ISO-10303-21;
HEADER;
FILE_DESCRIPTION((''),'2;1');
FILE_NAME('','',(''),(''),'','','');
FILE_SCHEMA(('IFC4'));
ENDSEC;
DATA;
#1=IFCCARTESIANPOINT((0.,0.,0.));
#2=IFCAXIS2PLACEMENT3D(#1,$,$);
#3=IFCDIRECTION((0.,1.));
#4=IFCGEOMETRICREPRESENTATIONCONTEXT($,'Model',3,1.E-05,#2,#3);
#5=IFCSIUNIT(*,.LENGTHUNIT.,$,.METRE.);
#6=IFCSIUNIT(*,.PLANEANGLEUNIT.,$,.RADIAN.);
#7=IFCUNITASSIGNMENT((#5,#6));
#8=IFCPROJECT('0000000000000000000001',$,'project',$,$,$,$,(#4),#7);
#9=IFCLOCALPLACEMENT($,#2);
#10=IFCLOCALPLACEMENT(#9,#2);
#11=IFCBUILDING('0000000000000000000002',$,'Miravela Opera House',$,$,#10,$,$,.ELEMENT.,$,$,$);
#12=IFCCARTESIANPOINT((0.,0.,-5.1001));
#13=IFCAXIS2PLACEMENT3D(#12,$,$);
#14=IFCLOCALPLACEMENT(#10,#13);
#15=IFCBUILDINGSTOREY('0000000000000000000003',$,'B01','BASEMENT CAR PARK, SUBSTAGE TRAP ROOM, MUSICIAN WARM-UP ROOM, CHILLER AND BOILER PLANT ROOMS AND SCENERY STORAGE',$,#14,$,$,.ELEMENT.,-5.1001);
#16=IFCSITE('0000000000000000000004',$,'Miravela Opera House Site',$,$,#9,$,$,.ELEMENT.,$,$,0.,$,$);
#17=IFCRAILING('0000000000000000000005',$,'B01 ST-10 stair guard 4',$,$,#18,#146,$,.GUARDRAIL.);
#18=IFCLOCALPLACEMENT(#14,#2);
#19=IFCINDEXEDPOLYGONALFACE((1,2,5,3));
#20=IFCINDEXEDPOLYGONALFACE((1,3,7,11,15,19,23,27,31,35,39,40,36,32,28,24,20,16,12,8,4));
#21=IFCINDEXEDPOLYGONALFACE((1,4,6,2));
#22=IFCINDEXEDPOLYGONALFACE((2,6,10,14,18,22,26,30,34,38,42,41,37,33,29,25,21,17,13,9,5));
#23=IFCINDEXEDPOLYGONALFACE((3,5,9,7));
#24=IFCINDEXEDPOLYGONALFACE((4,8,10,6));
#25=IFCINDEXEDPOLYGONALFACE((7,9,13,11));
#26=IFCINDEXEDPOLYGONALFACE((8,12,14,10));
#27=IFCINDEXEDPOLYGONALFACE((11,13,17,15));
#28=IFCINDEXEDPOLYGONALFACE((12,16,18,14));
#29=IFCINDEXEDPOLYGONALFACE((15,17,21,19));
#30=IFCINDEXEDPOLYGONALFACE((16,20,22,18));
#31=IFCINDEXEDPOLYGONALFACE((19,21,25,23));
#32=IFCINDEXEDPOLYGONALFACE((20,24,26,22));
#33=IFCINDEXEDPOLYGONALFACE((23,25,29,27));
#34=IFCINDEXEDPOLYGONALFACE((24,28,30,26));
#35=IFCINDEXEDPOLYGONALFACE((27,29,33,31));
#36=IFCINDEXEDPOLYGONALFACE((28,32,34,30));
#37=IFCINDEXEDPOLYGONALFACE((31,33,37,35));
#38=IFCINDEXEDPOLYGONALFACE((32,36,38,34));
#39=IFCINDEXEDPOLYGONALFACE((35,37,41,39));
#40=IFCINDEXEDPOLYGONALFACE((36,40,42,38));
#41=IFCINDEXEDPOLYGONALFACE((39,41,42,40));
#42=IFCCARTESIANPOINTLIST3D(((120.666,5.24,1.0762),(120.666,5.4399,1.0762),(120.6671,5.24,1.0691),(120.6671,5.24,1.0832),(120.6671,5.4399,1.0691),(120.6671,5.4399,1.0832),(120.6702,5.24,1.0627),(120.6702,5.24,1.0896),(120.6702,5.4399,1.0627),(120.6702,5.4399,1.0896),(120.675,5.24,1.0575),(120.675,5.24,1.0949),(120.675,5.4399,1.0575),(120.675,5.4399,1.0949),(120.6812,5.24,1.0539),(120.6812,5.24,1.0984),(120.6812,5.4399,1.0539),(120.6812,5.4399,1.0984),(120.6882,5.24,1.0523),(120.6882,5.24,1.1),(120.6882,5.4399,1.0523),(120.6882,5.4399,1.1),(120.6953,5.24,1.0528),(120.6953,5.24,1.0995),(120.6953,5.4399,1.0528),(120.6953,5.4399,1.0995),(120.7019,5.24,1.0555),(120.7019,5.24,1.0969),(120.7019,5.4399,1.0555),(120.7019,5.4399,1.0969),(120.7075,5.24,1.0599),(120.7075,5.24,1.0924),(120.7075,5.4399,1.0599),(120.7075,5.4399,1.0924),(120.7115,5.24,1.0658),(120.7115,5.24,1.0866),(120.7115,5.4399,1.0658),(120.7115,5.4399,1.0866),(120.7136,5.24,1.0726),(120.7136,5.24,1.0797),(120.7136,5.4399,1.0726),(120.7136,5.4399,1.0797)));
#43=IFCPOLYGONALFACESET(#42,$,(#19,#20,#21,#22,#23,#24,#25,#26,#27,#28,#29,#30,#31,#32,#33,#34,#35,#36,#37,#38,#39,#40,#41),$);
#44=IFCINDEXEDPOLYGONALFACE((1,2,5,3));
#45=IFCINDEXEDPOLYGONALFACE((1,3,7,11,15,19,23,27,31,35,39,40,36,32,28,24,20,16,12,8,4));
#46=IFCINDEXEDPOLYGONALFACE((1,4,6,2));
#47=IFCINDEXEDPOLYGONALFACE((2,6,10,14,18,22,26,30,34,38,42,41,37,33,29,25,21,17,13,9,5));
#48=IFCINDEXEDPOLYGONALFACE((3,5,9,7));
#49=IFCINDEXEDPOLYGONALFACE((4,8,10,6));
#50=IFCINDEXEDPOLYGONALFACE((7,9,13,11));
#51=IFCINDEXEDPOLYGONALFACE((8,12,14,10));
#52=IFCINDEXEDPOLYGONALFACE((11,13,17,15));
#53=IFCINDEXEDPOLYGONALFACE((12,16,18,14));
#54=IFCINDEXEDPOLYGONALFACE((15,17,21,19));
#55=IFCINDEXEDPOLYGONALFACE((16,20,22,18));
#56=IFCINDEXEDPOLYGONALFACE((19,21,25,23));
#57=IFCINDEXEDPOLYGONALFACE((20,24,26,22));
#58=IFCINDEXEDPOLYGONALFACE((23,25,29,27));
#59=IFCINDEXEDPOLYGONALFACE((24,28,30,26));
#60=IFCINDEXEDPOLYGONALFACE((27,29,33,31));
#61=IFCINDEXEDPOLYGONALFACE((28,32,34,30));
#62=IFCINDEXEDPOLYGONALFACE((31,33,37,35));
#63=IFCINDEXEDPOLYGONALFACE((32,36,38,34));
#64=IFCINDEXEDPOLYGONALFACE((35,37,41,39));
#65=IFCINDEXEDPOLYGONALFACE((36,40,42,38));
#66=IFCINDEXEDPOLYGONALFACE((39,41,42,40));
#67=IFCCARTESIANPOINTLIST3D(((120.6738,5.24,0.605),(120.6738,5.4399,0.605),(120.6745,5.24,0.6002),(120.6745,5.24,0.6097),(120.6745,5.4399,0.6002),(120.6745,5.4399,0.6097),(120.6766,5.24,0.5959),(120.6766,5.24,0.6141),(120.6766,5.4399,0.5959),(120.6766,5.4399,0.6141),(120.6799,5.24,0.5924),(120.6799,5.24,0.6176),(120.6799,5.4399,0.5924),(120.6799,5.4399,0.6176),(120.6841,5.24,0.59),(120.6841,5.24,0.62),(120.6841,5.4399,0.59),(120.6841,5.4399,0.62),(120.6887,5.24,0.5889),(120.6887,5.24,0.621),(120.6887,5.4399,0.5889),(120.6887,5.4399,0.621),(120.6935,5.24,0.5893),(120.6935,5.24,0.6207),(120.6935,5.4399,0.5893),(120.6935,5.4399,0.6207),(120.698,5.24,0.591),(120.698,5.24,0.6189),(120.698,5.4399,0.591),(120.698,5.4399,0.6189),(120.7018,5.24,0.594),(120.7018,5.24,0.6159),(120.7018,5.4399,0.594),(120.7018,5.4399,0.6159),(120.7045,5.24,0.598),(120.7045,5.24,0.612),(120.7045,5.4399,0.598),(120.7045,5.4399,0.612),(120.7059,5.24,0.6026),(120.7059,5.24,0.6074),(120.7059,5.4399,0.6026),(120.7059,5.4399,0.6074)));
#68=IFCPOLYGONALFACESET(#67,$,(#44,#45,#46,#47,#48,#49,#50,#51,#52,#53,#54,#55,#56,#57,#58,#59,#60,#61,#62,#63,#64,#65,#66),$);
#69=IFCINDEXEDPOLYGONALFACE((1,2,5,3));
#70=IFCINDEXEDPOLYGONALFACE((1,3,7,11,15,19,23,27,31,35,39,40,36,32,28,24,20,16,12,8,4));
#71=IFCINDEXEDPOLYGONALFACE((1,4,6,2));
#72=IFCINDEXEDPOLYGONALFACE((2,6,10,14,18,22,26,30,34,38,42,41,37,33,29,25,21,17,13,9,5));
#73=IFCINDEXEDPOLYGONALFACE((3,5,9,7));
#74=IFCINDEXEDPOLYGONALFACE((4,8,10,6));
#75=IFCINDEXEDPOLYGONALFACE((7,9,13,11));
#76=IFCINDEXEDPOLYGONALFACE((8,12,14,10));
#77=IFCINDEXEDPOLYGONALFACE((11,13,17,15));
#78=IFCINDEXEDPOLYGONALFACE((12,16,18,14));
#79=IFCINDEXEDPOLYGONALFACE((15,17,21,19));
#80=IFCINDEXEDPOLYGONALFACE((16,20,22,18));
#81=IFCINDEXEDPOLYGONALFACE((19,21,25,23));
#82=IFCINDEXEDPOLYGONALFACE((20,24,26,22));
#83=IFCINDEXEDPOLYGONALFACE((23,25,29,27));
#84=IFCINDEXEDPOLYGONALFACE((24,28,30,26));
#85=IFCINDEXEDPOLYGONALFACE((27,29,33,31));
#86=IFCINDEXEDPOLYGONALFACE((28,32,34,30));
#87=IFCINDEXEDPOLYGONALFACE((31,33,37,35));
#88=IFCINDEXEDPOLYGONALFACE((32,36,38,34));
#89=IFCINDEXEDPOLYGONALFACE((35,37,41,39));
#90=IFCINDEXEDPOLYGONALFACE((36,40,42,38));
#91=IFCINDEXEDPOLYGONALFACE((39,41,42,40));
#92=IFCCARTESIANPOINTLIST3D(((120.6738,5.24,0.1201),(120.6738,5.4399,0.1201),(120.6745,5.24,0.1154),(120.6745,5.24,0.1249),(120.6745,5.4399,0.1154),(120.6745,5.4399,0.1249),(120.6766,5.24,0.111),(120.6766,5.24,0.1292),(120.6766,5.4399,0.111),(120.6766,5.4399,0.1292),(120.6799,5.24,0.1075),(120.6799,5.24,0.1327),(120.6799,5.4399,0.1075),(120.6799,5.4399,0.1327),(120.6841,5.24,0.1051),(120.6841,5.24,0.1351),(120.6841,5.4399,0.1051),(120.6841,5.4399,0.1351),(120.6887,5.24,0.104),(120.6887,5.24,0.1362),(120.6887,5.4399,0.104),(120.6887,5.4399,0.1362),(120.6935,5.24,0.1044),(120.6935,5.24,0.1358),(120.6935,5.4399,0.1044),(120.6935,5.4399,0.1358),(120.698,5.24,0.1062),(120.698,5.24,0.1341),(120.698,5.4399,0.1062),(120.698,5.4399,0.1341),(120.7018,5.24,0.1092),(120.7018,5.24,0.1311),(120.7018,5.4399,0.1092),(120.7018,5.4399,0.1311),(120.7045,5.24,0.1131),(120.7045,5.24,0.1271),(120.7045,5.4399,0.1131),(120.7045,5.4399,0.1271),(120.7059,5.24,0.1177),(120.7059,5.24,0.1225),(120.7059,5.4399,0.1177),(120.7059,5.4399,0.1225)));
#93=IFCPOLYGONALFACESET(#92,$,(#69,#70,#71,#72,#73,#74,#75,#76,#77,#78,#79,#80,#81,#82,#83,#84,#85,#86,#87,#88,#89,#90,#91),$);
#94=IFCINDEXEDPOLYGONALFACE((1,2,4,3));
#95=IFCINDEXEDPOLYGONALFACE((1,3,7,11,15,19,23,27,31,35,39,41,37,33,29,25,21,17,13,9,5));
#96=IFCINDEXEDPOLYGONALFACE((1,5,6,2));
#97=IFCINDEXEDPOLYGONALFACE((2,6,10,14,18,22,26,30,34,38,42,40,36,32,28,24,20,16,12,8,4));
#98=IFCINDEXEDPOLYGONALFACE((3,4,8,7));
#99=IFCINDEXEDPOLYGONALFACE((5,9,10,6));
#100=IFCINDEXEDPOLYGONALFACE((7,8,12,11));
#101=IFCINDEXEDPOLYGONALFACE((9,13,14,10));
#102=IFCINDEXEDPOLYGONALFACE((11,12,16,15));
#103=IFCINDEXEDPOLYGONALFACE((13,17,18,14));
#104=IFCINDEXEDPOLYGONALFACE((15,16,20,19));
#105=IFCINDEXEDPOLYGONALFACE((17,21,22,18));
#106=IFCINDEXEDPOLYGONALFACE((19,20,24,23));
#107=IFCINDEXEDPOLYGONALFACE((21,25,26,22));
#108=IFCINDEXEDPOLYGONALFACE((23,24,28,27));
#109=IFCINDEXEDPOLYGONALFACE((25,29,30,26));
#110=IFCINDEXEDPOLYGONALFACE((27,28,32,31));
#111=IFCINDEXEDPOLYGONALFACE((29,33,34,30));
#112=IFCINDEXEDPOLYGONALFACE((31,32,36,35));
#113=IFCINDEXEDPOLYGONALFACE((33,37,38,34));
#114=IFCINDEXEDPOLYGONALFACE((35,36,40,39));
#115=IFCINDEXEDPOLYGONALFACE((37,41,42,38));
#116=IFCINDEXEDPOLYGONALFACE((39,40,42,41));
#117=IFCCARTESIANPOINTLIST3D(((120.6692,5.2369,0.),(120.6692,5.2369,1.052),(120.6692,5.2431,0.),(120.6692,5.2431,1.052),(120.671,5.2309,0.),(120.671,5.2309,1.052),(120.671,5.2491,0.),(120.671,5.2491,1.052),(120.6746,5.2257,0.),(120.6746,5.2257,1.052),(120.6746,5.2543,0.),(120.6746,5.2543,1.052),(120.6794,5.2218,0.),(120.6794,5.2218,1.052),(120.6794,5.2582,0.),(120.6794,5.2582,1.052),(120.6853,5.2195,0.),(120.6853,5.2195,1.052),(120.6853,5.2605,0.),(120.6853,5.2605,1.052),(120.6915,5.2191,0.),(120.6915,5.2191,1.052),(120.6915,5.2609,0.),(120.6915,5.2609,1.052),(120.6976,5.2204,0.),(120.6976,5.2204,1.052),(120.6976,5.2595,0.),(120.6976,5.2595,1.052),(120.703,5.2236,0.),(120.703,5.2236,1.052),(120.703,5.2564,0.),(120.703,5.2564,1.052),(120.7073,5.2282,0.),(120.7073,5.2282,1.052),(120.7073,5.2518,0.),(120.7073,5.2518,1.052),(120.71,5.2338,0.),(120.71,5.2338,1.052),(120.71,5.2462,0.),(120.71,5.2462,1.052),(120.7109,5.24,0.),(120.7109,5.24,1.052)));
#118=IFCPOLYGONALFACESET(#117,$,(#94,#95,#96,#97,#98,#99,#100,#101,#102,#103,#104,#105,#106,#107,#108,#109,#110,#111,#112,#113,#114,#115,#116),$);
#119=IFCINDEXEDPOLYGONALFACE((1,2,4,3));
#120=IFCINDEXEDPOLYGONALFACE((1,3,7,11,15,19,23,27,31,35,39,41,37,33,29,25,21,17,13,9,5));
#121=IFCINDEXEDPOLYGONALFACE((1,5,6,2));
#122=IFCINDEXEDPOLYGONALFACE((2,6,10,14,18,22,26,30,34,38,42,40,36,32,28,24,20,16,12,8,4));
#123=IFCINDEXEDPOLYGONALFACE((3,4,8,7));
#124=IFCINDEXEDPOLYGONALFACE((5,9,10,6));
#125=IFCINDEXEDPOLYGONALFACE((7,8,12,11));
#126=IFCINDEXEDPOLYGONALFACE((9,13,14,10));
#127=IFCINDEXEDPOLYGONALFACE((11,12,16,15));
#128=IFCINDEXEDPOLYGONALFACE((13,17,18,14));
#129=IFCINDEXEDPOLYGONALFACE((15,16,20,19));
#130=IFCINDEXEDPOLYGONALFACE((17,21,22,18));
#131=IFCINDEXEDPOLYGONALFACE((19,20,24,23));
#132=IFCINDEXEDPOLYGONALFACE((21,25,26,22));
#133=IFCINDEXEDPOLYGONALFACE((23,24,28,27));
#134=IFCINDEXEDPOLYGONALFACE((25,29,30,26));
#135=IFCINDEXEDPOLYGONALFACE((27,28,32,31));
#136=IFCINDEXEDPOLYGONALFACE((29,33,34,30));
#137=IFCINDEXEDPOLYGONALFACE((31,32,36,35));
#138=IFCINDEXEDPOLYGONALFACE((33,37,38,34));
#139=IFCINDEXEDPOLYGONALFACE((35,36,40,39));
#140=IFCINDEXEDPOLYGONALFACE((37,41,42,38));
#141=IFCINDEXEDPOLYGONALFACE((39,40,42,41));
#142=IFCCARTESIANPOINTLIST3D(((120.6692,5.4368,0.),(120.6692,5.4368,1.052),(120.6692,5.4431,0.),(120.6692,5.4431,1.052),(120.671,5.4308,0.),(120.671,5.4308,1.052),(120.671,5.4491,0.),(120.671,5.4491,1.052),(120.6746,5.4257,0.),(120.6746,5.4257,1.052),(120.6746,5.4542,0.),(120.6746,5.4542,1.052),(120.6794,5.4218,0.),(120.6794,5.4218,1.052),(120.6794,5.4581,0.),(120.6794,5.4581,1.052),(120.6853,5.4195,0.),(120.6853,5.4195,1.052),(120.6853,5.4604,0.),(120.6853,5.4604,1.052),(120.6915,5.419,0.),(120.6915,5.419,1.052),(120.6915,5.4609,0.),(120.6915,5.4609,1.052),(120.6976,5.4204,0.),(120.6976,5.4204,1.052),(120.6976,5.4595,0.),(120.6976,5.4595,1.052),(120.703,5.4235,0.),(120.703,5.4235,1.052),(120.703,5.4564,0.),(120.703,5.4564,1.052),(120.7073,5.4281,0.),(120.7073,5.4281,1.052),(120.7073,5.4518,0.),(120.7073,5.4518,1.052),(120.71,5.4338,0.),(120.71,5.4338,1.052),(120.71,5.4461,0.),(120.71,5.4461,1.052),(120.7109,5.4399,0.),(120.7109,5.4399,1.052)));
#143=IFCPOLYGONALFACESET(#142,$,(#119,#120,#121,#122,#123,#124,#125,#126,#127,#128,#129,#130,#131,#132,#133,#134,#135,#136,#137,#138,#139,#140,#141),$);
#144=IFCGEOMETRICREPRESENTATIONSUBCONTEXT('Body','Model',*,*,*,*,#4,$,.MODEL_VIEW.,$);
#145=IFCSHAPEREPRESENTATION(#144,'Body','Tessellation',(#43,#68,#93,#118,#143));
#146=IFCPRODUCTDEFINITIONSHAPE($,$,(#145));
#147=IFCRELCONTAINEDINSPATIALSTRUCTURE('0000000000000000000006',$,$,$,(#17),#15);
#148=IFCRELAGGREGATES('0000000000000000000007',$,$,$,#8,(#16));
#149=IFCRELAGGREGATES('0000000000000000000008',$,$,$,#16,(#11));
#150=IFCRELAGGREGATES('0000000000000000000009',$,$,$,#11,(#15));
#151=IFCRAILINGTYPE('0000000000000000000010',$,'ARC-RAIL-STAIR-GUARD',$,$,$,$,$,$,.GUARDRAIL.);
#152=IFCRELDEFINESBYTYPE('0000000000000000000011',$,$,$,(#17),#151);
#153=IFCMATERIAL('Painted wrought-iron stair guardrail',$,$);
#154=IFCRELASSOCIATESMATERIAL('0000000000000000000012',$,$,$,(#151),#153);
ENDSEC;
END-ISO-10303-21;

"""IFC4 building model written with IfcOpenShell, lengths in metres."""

from ifc_helpers import new_model, si_unit, direction, frame, origin, origin_2d, place, context, subcontext, project, spatial, circle, extrude, material, type_object, element, save


model = new_model("IFC4")

# Units and contexts
model_context = context("Model", 3, precision=1e-05, world=origin(), true_north=direction((0.0, 1.0)))
body_context = subcontext(model_context, "Body", "Model", "MODEL_VIEW")
ifc_project = project(units=[si_unit("LENGTHUNIT", "METRE"), si_unit("PLANEANGLEUNIT", "RADIAN")], contexts=[model_context])

# Site, building, storey
site_placement = place(None, origin())
site = spatial("IfcSite", under=ifc_project, at=site_placement, Name="Miravela Opera House Site", CompositionType="ELEMENT", RefElevation=0.0)
building_placement = place(site_placement, origin())
building = spatial("IfcBuilding", under=site, at=building_placement, Name="Miravela Opera House", CompositionType="ELEMENT")
storey_placement = place(building_placement, frame((0.0, 0.0, -5.1001)))
storey = spatial("IfcBuildingStorey", under=building, at=storey_placement, Name="B01", Description="BASEMENT CAR PARK, SUBSTAGE TRAP ROOM, MUSICIAN WARM-UP ROOM, CHILLER AND BOILER PLANT ROOMS AND SCENERY STORAGE", CompositionType="ELEMENT", Elevation=-5.1001)

# Railing
ifc_material_1 = material(Name="Painted wrought-iron stair guardrail")
railing_type_1 = type_object("IfcRailingType", Name="ARC-RAIL-STAIR-GUARD", PredefinedType="GUARDRAIL", material=ifc_material_1)
railing_1_placement = place(storey_placement, frame((120.6899, 5.24, 0.0)))
element("IfcRailing", 1, at=railing_1_placement, inside=storey, type_object=railing_type_1, Name="B01 ST-10 stair guard 4", PredefinedType="GUARDRAIL", context=body_context, shape_type="SweptSolid", body=[
    extrude(circle(Radius=0.0239, at=origin_2d()), frame((0.0, 0.0, 1.0762), z_axis=(0.0, 1.0, 0.0), x_axis=(-1.0, 0.0, 0.0)), (0.0, 0.0, 1.0), 0.2),
    extrude(circle(Radius=0.0161, at=origin_2d()), frame((0.0, 0.0, 0.605), z_axis=(0.0, 1.0, 0.0), x_axis=(-1.0, 0.0, 0.0)), (0.0, 0.0, 1.0), 0.2),
    extrude(circle(Radius=0.0161, at=origin_2d()), frame((0.0, 0.0, 0.1201), z_axis=(0.0, 1.0, 0.0), x_axis=(-1.0, 0.0, 0.0)), (0.0, 0.0, 1.0), 0.2),
    extrude(circle(Radius=0.021, at=origin_2d()), origin(), (0.0, 0.0, 1.0), 1.052),
    extrude(circle(Radius=0.021, at=origin_2d()), frame((0.0, 0.2, 0.0)), (0.0, 0.0, 1.0), 1.052),
])

save(model, "model.ifc")
